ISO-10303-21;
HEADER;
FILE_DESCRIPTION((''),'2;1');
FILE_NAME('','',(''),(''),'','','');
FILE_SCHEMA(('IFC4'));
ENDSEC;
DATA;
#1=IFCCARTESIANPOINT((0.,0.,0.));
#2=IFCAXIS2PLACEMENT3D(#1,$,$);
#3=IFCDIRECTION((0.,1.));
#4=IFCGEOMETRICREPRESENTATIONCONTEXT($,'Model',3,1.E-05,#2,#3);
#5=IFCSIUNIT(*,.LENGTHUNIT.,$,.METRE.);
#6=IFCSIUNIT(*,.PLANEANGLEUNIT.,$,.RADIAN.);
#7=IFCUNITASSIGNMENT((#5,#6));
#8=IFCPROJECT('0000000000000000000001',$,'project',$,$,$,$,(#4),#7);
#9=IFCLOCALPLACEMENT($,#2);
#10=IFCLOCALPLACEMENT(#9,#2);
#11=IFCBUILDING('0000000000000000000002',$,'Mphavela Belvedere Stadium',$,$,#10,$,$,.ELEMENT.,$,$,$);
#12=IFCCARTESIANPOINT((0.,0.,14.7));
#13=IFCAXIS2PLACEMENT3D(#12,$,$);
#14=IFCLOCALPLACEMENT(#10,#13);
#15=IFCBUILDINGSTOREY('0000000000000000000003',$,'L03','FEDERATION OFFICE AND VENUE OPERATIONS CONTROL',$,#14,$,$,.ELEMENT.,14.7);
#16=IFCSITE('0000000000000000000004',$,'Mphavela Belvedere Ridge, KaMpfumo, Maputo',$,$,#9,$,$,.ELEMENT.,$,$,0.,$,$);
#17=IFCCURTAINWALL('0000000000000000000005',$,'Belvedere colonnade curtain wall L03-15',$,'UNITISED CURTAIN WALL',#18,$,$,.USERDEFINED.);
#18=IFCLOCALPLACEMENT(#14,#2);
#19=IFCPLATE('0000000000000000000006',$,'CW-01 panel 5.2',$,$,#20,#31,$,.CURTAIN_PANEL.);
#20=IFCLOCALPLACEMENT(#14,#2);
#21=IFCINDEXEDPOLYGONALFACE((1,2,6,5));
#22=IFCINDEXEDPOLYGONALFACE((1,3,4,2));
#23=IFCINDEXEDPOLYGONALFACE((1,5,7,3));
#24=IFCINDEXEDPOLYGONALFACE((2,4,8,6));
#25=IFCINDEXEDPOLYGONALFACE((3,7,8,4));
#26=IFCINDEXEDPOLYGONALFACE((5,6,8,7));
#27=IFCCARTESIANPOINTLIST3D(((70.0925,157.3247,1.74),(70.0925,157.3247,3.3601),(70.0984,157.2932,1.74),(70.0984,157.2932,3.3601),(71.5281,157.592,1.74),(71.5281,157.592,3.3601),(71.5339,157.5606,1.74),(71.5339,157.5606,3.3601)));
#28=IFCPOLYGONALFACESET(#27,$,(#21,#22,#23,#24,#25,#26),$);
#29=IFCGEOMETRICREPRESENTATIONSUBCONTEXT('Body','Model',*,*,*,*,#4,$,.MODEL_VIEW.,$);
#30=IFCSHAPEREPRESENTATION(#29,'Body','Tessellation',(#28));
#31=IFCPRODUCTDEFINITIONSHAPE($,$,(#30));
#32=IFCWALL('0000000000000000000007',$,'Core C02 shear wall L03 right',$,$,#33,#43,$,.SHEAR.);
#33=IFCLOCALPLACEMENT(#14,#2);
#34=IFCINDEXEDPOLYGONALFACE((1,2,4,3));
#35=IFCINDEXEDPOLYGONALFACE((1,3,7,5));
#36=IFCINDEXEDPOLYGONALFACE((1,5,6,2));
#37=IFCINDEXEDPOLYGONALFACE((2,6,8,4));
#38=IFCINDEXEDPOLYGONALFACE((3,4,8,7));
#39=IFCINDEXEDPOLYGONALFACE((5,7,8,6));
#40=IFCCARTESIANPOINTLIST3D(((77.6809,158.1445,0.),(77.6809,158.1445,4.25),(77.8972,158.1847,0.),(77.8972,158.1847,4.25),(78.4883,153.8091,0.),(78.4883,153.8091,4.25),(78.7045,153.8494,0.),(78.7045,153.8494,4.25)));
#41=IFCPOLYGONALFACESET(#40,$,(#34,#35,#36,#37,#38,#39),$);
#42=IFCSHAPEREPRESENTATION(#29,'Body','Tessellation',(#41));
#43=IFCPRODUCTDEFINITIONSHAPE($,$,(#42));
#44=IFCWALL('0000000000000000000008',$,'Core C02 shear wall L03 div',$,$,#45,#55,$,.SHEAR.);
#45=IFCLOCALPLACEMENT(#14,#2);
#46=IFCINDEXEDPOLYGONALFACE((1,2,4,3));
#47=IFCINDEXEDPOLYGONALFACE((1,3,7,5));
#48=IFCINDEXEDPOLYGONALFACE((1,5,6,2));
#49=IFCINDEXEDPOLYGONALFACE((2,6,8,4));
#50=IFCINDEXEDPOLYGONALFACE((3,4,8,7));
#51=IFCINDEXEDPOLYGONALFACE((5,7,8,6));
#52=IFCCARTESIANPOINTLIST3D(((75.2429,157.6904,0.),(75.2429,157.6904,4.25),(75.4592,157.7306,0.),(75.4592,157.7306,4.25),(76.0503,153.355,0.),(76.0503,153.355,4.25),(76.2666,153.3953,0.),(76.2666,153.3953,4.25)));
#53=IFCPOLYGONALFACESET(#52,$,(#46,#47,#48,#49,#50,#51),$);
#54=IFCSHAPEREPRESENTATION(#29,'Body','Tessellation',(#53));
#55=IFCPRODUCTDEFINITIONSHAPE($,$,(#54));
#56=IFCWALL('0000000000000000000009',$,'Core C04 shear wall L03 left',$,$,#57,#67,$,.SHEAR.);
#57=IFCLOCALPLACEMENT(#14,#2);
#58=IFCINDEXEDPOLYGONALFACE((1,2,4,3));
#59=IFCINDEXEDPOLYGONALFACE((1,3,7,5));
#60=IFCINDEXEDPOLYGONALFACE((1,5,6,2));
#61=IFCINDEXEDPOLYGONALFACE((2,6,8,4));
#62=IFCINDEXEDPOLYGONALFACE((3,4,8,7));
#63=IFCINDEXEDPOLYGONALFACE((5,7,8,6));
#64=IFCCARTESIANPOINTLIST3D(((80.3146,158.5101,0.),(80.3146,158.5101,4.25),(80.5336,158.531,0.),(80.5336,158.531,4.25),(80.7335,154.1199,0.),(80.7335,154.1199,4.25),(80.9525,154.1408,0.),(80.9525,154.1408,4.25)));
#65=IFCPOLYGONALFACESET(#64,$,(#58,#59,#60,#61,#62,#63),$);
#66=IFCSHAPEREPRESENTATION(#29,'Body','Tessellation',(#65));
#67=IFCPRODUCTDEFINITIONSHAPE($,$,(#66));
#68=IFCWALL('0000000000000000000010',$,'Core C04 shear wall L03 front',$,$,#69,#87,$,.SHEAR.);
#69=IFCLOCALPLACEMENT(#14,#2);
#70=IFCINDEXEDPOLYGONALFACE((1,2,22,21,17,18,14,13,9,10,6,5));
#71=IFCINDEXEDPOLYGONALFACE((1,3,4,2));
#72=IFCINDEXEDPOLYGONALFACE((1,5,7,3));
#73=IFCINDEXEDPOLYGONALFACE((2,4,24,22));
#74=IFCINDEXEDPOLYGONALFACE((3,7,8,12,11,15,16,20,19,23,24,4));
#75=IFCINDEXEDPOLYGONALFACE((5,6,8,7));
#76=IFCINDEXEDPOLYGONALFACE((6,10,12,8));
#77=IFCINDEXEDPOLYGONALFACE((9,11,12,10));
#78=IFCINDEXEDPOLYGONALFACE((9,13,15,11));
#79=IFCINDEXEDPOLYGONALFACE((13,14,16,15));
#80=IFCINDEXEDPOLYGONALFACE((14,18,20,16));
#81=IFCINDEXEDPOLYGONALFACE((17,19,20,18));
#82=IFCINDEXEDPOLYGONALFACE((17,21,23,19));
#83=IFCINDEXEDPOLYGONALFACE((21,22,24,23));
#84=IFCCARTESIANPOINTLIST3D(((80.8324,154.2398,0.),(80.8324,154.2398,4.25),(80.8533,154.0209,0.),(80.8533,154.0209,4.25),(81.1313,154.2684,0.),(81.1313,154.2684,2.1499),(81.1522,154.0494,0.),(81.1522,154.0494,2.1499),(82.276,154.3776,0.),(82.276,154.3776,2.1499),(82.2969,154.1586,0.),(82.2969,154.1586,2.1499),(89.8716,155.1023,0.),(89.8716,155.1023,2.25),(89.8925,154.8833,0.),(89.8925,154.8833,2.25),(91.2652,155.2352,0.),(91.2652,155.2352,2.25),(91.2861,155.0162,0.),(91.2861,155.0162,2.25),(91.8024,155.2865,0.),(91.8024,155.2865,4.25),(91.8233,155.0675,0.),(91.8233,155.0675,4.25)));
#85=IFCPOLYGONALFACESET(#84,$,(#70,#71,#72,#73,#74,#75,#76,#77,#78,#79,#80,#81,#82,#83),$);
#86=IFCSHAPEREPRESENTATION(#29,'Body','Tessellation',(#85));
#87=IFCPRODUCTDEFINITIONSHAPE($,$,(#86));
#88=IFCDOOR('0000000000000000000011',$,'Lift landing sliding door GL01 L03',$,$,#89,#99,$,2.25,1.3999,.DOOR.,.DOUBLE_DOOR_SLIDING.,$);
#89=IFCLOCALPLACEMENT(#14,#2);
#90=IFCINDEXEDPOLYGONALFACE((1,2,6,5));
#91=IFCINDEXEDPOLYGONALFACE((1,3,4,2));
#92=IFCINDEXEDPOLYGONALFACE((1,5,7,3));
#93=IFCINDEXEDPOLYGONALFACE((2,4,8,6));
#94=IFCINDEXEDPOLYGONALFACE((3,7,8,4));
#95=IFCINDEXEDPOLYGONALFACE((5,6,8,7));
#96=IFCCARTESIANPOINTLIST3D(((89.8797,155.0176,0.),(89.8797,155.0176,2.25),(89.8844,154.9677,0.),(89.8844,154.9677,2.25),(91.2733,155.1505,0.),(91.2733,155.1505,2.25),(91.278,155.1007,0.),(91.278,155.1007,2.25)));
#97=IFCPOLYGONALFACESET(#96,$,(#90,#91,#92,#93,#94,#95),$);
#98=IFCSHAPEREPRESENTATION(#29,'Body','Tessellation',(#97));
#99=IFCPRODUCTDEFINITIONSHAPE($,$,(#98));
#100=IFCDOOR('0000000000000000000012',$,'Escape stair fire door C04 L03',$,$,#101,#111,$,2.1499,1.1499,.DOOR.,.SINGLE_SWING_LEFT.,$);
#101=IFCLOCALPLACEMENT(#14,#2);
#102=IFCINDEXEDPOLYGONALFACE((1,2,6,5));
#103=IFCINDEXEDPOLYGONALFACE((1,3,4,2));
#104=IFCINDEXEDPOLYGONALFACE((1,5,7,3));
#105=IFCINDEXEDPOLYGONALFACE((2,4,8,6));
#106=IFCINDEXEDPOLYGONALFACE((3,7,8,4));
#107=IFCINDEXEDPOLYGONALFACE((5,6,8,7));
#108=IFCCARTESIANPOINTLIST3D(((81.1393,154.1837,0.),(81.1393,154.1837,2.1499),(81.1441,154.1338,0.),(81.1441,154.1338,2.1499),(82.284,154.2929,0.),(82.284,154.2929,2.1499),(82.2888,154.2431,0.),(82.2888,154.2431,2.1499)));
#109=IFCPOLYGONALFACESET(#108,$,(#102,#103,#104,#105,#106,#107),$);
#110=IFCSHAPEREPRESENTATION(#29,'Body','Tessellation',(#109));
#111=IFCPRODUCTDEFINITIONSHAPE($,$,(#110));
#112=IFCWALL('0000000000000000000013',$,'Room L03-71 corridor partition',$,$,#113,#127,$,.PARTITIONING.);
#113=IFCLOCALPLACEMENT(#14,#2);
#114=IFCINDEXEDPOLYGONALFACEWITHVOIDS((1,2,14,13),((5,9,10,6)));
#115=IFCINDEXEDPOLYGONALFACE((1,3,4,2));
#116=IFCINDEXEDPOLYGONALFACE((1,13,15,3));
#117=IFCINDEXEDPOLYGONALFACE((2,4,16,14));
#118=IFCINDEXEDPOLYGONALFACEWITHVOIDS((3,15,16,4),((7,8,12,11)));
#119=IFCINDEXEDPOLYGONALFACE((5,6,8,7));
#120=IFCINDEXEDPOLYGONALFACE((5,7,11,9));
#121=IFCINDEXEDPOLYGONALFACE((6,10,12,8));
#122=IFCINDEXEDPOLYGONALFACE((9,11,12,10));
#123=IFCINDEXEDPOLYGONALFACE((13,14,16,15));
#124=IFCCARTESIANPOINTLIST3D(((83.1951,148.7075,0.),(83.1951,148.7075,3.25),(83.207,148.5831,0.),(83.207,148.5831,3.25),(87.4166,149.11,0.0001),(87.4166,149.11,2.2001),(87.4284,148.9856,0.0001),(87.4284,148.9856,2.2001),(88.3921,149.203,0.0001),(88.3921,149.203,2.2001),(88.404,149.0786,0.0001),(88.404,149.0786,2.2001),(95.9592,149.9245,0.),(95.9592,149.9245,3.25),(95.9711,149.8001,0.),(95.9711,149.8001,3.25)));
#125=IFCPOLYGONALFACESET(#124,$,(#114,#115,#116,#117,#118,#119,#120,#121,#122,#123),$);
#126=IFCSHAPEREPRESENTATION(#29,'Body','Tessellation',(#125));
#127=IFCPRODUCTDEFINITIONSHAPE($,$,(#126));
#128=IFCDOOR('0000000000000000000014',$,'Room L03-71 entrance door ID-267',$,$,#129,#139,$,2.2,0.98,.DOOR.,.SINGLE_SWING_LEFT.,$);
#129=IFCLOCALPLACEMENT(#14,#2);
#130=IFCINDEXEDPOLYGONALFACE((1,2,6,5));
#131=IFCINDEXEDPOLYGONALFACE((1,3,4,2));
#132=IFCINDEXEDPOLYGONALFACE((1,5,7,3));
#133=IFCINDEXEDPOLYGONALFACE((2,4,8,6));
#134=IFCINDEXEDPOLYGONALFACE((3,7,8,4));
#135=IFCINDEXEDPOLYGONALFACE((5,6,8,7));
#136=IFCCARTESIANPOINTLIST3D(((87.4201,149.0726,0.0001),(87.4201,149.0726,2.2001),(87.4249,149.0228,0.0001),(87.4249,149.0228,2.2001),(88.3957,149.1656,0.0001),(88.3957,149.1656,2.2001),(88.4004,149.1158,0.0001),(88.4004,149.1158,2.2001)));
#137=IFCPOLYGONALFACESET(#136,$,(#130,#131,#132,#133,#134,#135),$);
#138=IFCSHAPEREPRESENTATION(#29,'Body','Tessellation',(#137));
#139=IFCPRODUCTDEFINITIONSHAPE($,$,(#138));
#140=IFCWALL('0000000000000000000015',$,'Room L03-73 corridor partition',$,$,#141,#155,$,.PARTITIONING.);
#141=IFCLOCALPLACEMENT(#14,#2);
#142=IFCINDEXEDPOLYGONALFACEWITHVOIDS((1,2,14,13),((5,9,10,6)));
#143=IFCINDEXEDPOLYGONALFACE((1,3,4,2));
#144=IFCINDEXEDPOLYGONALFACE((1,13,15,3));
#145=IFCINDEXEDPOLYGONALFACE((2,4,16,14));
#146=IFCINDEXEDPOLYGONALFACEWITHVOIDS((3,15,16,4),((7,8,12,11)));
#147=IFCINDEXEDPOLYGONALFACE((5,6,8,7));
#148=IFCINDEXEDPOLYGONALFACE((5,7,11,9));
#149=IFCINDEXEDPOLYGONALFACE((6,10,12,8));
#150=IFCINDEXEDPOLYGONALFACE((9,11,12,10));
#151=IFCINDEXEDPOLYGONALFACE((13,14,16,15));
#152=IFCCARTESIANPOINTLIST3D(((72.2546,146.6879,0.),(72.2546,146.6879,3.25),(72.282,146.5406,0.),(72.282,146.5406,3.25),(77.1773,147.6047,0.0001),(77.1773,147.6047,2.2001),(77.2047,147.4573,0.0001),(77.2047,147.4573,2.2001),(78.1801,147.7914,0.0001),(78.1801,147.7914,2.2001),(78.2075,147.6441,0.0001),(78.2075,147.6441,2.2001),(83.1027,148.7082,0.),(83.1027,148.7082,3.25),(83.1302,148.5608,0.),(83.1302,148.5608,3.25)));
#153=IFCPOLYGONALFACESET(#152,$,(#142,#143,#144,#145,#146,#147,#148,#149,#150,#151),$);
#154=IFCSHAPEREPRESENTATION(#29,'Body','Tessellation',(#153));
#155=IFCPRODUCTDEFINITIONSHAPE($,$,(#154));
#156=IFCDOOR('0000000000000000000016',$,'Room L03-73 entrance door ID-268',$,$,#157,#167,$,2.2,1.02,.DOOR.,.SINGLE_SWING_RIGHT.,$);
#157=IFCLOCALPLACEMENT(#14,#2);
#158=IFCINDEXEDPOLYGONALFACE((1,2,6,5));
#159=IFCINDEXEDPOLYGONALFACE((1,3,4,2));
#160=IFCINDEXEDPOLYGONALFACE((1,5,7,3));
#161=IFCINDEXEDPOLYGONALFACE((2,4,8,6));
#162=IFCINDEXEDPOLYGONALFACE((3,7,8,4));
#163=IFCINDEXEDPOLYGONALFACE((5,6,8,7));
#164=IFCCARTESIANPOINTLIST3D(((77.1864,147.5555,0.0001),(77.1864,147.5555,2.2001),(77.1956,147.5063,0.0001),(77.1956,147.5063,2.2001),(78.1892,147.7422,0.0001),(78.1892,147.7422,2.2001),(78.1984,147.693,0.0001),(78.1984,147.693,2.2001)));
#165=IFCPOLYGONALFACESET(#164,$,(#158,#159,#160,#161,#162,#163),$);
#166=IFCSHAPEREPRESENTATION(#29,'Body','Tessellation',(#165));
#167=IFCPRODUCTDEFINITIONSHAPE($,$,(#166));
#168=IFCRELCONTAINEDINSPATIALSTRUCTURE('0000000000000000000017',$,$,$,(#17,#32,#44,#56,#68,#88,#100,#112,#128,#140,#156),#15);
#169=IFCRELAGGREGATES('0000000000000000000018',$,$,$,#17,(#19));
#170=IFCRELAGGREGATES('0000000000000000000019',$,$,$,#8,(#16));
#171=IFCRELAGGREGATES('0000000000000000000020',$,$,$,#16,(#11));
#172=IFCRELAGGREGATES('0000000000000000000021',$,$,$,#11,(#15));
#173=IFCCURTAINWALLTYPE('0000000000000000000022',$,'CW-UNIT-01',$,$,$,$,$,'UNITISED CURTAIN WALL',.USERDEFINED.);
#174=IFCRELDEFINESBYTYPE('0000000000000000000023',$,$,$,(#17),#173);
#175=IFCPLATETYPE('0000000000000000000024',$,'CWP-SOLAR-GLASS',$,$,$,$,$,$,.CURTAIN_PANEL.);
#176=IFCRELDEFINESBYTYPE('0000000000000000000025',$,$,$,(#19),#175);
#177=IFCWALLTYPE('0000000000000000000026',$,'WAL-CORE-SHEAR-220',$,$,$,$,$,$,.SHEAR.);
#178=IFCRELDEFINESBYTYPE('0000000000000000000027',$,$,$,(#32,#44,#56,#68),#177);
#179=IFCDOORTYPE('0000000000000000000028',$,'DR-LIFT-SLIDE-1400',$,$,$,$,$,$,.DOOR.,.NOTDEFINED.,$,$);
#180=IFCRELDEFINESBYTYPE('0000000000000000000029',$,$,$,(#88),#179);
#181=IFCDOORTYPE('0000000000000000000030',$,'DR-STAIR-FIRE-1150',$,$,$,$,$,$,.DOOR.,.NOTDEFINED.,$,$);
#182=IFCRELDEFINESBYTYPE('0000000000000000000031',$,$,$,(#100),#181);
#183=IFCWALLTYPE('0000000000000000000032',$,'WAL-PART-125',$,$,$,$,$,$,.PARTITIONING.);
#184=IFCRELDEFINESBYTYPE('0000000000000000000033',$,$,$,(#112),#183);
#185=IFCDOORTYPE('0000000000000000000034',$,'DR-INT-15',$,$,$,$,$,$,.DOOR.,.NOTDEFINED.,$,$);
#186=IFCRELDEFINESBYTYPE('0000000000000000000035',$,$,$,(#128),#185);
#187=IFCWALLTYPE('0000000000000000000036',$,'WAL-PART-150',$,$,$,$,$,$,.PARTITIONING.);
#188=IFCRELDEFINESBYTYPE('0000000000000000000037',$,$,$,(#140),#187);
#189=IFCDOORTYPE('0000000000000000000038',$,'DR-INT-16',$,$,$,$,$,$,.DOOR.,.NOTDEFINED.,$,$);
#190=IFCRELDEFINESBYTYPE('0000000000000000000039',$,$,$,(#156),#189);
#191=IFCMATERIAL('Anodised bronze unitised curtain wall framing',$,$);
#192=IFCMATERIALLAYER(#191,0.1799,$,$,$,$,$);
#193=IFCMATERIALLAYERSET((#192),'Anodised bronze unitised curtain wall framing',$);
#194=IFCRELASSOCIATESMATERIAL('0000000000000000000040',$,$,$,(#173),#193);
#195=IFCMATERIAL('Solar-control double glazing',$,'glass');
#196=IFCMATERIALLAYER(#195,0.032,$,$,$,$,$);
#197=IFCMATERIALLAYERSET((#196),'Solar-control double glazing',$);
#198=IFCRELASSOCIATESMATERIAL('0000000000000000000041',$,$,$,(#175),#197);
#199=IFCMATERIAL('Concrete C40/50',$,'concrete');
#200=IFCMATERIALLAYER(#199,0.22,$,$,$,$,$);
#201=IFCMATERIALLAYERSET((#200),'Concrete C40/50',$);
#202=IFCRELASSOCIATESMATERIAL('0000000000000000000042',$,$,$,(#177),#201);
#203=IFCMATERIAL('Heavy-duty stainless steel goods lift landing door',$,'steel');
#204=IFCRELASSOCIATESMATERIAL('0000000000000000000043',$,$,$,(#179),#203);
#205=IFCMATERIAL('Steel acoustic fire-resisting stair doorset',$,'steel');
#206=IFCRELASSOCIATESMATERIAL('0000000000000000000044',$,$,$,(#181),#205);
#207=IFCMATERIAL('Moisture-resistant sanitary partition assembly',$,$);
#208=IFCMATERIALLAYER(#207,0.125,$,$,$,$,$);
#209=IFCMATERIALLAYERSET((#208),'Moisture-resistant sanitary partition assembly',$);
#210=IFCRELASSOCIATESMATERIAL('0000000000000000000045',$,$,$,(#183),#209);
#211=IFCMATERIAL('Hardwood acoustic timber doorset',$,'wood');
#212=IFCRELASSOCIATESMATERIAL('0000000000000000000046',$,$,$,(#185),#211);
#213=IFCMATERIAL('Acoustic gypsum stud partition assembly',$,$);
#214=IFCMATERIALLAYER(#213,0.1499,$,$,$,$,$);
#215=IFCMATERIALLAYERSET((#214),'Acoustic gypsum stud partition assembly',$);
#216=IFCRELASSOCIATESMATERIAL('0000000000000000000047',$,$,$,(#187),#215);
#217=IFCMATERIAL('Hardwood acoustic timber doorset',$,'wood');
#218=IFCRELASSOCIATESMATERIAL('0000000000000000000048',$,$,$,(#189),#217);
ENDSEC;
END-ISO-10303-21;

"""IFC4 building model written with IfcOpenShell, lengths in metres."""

from ifc_helpers import new_model, si_unit, direction, frame, frame_2d, origin, origin_2d, place, context, subcontext, project, spatial, rectangle, extrude, material, layer, layer_set, type_object, element, fill, aggregate, save


model = new_model("IFC4")

# Units and contexts
model_context = context("Model", 3, precision=1e-05, world=origin(), true_north=direction((0.0, 1.0)))
body_context = subcontext(model_context, "Body", "Model", "MODEL_VIEW")
ifc_project = project(units=[si_unit("LENGTHUNIT", "METRE"), si_unit("PLANEANGLEUNIT", "RADIAN")], contexts=[model_context])

# Site, building, storey
site_placement = place(None, origin())
site = spatial("IfcSite", under=ifc_project, at=site_placement, Name="Mphavela Belvedere Ridge, KaMpfumo, Maputo", CompositionType="ELEMENT", RefElevation=0.0)
building_placement = place(site_placement, origin())
building = spatial("IfcBuilding", under=site, at=building_placement, Name="Mphavela Belvedere Stadium", CompositionType="ELEMENT")
storey_placement = place(building_placement, frame((0.0, 0.0, 14.7)))
storey = spatial("IfcBuildingStorey", under=building, at=storey_placement, Name="L03", Description="FEDERATION OFFICE AND VENUE OPERATIONS CONTROL", CompositionType="ELEMENT", Elevation=14.7)

# Curtain wall, plate
ifc_material_1 = material(Name="Anodised bronze unitised curtain wall framing")
ifc_layer_1 = layer(ifc_material_1, 0.1799)
ifc_layer_set_1 = layer_set([ifc_layer_1], Name="Anodised bronze unitised curtain wall framing")
curtain_wall_type = type_object("IfcCurtainWallType", Name="CW-UNIT-01", ElementType="UNITISED CURTAIN WALL", PredefinedType="USERDEFINED", material=ifc_layer_set_1)
curtain_wall_placement = place(storey_placement, origin())
curtain_wall = element("IfcCurtainWall", 1, at=curtain_wall_placement, inside=storey, type_object=curtain_wall_type, Name="Belvedere colonnade curtain wall L03-15", ObjectType="UNITISED CURTAIN WALL", PredefinedType="USERDEFINED")
ifc_material_2 = material(Name="Solar-control double glazing", Category="glass")
ifc_layer_2 = layer(ifc_material_2, 0.032)
ifc_layer_set_2 = layer_set([ifc_layer_2], Name="Solar-control double glazing")
plate_type = type_object("IfcPlateType", Name="CWP-SOLAR-GLASS", PredefinedType="CURTAIN_PANEL", material=ifc_layer_set_2)
plate_placement = place(storey_placement, frame((70.8132, 157.4426, 1.74), z_axis=(0.0, 0.0, 1.0), x_axis=(-0.983097, -0.183088, 0.0)))
plate = element("IfcPlate", 2, at=plate_placement, type_object=plate_type, Name="CW-01 panel 5.2", PredefinedType="CURTAIN_PANEL", context=body_context, shape_type="SweptSolid", body=[
    extrude(rectangle(XDim=1.4602, YDim=0.032, at=origin_2d()), origin(), (0.0, 0.0, 1.0), 1.6201),
])
aggregate(curtain_wall, [plate])

# Walls
ifc_material_3 = material(Name="Concrete C40/50", Category="concrete")
ifc_layer_3 = layer(ifc_material_3, 0.22)
ifc_layer_set_3 = layer_set([ifc_layer_3], Name="Concrete C40/50")
wall_type_1 = type_object("IfcWallType", Name="WAL-CORE-SHEAR-220", PredefinedType="SHEAR", material=ifc_layer_set_3)
for number, where, z_axis, x_axis, name in (
    (3, (78.5964, 153.8291, 0.0), (0.0, 0.0, 1.0), (-0.183078, 0.983098, 0.0), "Core C02 shear wall L03 right"),
    (4, (76.1584, 153.375, 0.0), (0.0, 0.0, 1.0), (-0.183078, 0.983098, 0.0), "Core C02 shear wall L03 div"),
):
    element("IfcWall", number, at=place(storey_placement, frame(where, z_axis=z_axis, x_axis=x_axis)), inside=storey, type_object=wall_type_1, Name=name, PredefinedType="SHEAR", context=body_context, shape_type="SweptSolid", body=[
        extrude(rectangle(XDim=4.4099, YDim=0.22, at=frame_2d((2.2051, 0.0))), origin(), (0.0, 0.0, 1.0), 4.25),
    ])
wall_1_placement = place(storey_placement, frame((80.843, 154.1304, 0.0), z_axis=(0.0, 0.0, 1.0), x_axis=(-0.094997, 0.995478, 0.0)))
element("IfcWall", 5, at=wall_1_placement, inside=storey, type_object=wall_type_1, Name="Core C04 shear wall L03 left", PredefinedType="SHEAR", context=body_context, shape_type="SweptSolid", body=[
    extrude(rectangle(XDim=4.4102, YDim=0.22, at=frame_2d((2.2051, 0.0))), origin(), (0.0, 0.0, 1.0), 4.25),
])

# Wall, openings, doors
wall_2_placement = place(storey_placement, frame((80.843, 154.1304, 0.0), z_axis=(0.0, 0.0, 1.0), x_axis=(0.995479, 0.094977, 0.0)))
wall_2 = element("IfcWall", 6, at=wall_2_placement, inside=storey, type_object=wall_type_1, Name="Core C04 shear wall L03 front", PredefinedType="SHEAR", context=body_context, shape_type="SweptSolid", body=[
    extrude(rectangle(XDim=11.0198, YDim=0.22, at=frame_2d((5.5098, 0.0))), origin(), (0.0, 0.0, 1.0), 4.25),
])
opening_1_placement = place(wall_2_placement, frame((0.3, 0.0, 0.0)))
opening_1 = element("IfcOpeningElement", 7, at=opening_1_placement, cuts=wall_2, PredefinedType="OPENING", context=body_context, shape_type="SweptSolid", body=[
    extrude(rectangle(XDim=1.1499, YDim=2.1499, at=frame_2d((0.575, 1.075))), frame((0.0, 0.1201, 0.0), z_axis=(0.0, -1.0, 0.0), x_axis=(1.0, 0.0, 0.0)), (0.0, 0.0, 1.0), 0.24),
])
opening_2_placement = place(wall_2_placement, frame((9.0801, 0.0, 0.0)))
opening_2 = element("IfcOpeningElement", 8, at=opening_2_placement, cuts=wall_2, PredefinedType="OPENING", context=body_context, shape_type="SweptSolid", body=[
    extrude(rectangle(XDim=1.3999, YDim=2.25, at=frame_2d((0.7, 1.125))), frame((0.0, 0.1201, 0.0), z_axis=(0.0, -1.0, 0.0), x_axis=(1.0, 0.0, 0.0)), (0.0, 0.0, 1.0), 0.24),
])
ifc_material_4 = material(Name="Heavy-duty stainless steel goods lift landing door", Category="steel")
door_type_1 = type_object("IfcDoorType", Name="DR-LIFT-SLIDE-1400", OperationType="NOTDEFINED", PredefinedType="DOOR", material=ifc_material_4)
door_1_placement = place(opening_2_placement, origin())
door_1 = element("IfcDoor", 9, at=door_1_placement, inside=storey, type_object=door_type_1, Name="Lift landing sliding door GL01 L03", OperationType="DOUBLE_DOOR_SLIDING", OverallHeight=2.25, OverallWidth=1.3999, PredefinedType="DOOR", context=body_context, shape_type="SweptSolid", body=[
    extrude(rectangle(XDim=1.3999, YDim=2.25, at=frame_2d((0.7, 1.125))), frame((0.0, 0.0249, 0.0), z_axis=(0.0, -1.0, 0.0), x_axis=(1.0, 0.0, 0.0)), (0.0, 0.0, 1.0), 0.05),
])
fill(opening_2, door_1)
ifc_material_5 = material(Name="Steel acoustic fire-resisting stair doorset", Category="steel")
door_type_2 = type_object("IfcDoorType", Name="DR-STAIR-FIRE-1150", OperationType="NOTDEFINED", PredefinedType="DOOR", material=ifc_material_5)
door_2_placement = place(opening_1_placement, origin())
door_2 = element("IfcDoor", 10, at=door_2_placement, inside=storey, type_object=door_type_2, Name="Escape stair fire door C04 L03", OperationType="SINGLE_SWING_LEFT", OverallHeight=2.1499, OverallWidth=1.1499, PredefinedType="DOOR", context=body_context, shape_type="SweptSolid", body=[
    extrude(rectangle(XDim=1.1499, YDim=2.1499, at=frame_2d((0.575, 1.075))), frame((0.0, 0.0249, 0.0), z_axis=(0.0, -1.0, 0.0), x_axis=(1.0, 0.0, 0.0)), (0.0, 0.0, 1.0), 0.05),
])
fill(opening_1, door_2)

# Walls, openings, doors
ifc_material_6 = material(Name="Moisture-resistant sanitary partition assembly")
ifc_layer_4 = layer(ifc_material_6, 0.125)
ifc_layer_set_4 = layer_set([ifc_layer_4], Name="Moisture-resistant sanitary partition assembly")
wall_type_2 = type_object("IfcWallType", Name="WAL-PART-125", PredefinedType="PARTITIONING", material=ifc_layer_set_4)
wall_3_placement = place(storey_placement, frame((83.2009, 148.6453, 0.0), z_axis=(0.0, 0.0, 1.0), x_axis=(0.995485, 0.094918, 0.0)))
wall_3 = element("IfcWall", 11, at=wall_3_placement, inside=storey, type_object=wall_type_2, Name="Room L03-71 corridor partition", PredefinedType="PARTITIONING", context=body_context, shape_type="SweptSolid", body=[
    extrude(rectangle(XDim=12.822, YDim=0.125, at=frame_2d((6.4111, 0.0))), origin(), (0.0, 0.0, 1.0), 3.25),
])
opening_3_placement = place(wall_3_placement, frame((4.2407, 0.0, 0.0)))
opening_3 = element("IfcOpeningElement", 12, at=opening_3_placement, cuts=wall_3, PredefinedType="OPENING", context=body_context, shape_type="SweptSolid", body=[
    extrude(rectangle(XDim=0.98, YDim=2.2, at=frame_2d((0.49, 1.1001))), frame((0.0, 0.0725, 0.0), z_axis=(0.0, -1.0, 0.0), x_axis=(1.0, 0.0, 0.0)), (0.0, 0.0, 1.0), 0.145),
])
ifc_material_7 = material(Name="Hardwood acoustic timber doorset", Category="wood")
door_type_3 = type_object("IfcDoorType", Name="DR-INT-15", OperationType="NOTDEFINED", PredefinedType="DOOR", material=ifc_material_7)
door_3_placement = place(opening_3_placement, origin())
door_3 = element("IfcDoor", 13, at=door_3_placement, inside=storey, type_object=door_type_3, Name="Room L03-71 entrance door ID-267", OperationType="SINGLE_SWING_LEFT", OverallHeight=2.2, OverallWidth=0.98, PredefinedType="DOOR", context=body_context, shape_type="SweptSolid", body=[
    extrude(rectangle(XDim=0.98, YDim=2.2, at=frame_2d((0.49, 1.1001))), frame((0.0, 0.0249, 0.0), z_axis=(0.0, -1.0, 0.0), x_axis=(1.0, 0.0, 0.0)), (0.0, 0.0, 1.0), 0.05),
])
fill(opening_3, door_3)
ifc_material_8 = material(Name="Acoustic gypsum stud partition assembly")
ifc_layer_5 = layer(ifc_material_8, 0.1499)
ifc_layer_set_5 = layer_set([ifc_layer_5], Name="Acoustic gypsum stud partition assembly")
wall_type_3 = type_object("IfcWallType", Name="WAL-PART-150", PredefinedType="PARTITIONING", material=ifc_layer_set_5)
wall_4_placement = place(storey_placement, frame((72.2683, 146.6143, 0.0), z_axis=(0.0, 0.0, 1.0), x_axis=(0.983097, 0.183083, 0.0)))
wall_4 = element("IfcWall", 14, at=wall_4_placement, inside=storey, type_object=wall_type_3, Name="Room L03-73 corridor partition", PredefinedType="PARTITIONING", context=body_context, shape_type="SweptSolid", body=[
    extrude(rectangle(XDim=11.0347, YDim=0.1499, at=frame_2d((5.5173, 0.0))), origin(), (0.0, 0.0, 1.0), 3.25),
])
opening_4_placement = place(wall_4_placement, frame((5.0073, 0.0, 0.0)))
opening_4 = element("IfcOpeningElement", 15, at=opening_4_placement, cuts=wall_4, PredefinedType="OPENING", context=body_context, shape_type="SweptSolid", body=[
    extrude(rectangle(XDim=1.02, YDim=2.2, at=frame_2d((0.51, 1.1001))), frame((0.0, 0.085, 0.0), z_axis=(0.0, -1.0, 0.0), x_axis=(1.0, 0.0, 0.0)), (0.0, 0.0, 1.0), 0.1699),
])
ifc_material_9 = material(Name="Hardwood acoustic timber doorset", Category="wood")
door_type_4 = type_object("IfcDoorType", Name="DR-INT-16", OperationType="NOTDEFINED", PredefinedType="DOOR", material=ifc_material_9)
door_4_placement = place(opening_4_placement, origin())
door_4 = element("IfcDoor", 16, at=door_4_placement, inside=storey, type_object=door_type_4, Name="Room L03-73 entrance door ID-268", OperationType="SINGLE_SWING_RIGHT", OverallHeight=2.2, OverallWidth=1.02, PredefinedType="DOOR", context=body_context, shape_type="SweptSolid", body=[
    extrude(rectangle(XDim=1.02, YDim=2.2, at=frame_2d((0.51, 1.1001))), frame((0.0, 0.0249, 0.0), z_axis=(0.0, -1.0, 0.0), x_axis=(1.0, 0.0, 0.0)), (0.0, 0.0, 1.0), 0.05),
])
fill(opening_4, door_4)

save(model, "model.ifc")
